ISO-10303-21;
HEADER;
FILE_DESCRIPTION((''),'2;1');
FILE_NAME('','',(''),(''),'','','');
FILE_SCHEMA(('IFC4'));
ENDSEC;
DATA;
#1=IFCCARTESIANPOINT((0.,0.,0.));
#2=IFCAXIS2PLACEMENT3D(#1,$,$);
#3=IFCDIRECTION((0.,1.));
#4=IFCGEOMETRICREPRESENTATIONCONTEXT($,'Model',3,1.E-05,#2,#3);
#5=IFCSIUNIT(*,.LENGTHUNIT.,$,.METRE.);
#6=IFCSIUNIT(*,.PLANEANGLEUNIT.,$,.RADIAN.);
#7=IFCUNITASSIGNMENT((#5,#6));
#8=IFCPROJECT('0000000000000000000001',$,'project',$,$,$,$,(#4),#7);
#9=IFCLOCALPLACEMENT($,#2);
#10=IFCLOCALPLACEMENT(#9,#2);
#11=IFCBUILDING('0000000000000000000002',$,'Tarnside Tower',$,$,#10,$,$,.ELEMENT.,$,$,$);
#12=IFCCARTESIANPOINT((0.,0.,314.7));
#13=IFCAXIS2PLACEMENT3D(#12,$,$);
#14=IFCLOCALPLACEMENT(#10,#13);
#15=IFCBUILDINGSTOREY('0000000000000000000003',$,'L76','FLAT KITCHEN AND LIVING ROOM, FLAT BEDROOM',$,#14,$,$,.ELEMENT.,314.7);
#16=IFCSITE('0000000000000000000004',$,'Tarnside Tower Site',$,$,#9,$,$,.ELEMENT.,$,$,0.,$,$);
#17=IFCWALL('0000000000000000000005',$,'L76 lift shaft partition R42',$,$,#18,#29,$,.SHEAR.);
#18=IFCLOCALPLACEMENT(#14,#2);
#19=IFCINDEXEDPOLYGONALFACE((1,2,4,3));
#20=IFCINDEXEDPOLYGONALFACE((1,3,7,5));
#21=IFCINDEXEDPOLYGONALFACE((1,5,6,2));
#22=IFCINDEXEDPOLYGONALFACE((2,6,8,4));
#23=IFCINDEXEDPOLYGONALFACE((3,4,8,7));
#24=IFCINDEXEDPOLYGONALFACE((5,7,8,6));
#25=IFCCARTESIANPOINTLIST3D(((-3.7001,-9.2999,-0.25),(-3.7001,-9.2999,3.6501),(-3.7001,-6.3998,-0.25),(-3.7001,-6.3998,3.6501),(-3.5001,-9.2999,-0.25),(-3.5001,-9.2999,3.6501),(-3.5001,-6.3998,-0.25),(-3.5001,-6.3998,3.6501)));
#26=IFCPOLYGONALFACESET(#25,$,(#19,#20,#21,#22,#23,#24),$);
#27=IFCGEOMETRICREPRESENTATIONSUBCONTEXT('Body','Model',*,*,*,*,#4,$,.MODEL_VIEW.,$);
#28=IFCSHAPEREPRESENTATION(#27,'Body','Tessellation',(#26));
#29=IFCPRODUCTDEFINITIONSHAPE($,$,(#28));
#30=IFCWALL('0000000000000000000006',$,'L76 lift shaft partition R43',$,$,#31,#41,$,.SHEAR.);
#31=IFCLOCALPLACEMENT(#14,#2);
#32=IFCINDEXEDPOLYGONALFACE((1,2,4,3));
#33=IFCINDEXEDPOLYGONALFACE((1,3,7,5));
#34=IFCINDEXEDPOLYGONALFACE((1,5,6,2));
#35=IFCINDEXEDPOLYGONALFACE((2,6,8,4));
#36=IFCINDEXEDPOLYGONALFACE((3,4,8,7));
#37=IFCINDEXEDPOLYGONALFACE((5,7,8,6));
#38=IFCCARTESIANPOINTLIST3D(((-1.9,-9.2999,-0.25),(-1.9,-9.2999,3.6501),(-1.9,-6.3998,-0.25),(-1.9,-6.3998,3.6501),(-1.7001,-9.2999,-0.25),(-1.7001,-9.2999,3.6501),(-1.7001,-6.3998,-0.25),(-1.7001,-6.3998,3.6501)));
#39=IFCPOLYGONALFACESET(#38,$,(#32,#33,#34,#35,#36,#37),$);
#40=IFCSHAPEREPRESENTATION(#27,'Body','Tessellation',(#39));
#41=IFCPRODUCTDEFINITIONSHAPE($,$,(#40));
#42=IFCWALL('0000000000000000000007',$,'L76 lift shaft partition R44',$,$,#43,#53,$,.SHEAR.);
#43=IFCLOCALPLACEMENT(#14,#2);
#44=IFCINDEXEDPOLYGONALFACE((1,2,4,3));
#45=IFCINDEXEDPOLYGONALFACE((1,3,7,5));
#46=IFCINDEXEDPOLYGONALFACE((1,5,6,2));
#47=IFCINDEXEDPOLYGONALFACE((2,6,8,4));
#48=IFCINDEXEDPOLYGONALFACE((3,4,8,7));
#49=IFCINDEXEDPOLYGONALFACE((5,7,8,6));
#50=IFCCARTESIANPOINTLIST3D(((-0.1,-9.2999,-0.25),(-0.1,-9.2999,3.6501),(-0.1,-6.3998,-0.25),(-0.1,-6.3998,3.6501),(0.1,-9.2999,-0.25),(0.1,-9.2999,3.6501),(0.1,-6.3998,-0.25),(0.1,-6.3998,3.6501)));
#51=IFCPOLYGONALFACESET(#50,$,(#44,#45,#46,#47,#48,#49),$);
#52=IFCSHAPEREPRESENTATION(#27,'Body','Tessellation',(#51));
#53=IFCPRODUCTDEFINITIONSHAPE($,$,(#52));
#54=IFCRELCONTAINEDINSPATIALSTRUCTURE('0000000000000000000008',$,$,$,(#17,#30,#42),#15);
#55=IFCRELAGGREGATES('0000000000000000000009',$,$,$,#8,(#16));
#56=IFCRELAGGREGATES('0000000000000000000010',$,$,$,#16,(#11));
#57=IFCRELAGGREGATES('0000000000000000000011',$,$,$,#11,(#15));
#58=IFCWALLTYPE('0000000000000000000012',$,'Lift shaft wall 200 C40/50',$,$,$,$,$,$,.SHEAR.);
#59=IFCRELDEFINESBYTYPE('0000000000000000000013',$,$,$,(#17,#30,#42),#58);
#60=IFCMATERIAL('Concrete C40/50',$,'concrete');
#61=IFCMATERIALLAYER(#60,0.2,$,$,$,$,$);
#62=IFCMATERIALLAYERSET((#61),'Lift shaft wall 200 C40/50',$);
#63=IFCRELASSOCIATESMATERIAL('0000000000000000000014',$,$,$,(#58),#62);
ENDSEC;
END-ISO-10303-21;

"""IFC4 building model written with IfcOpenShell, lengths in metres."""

from ifc_helpers import new_model, si_unit, direction, frame, frame_2d, origin, place, context, subcontext, project, spatial, rectangle, extrude, material, layer, layer_set, type_object, element, save


model = new_model("IFC4")

# Units and contexts
model_context = context("Model", 3, precision=1e-05, world=origin(), true_north=direction((0.0, 1.0)))
body_context = subcontext(model_context, "Body", "Model", "MODEL_VIEW")
ifc_project = project(units=[si_unit("LENGTHUNIT", "METRE"), si_unit("PLANEANGLEUNIT", "RADIAN")], contexts=[model_context])

# Site, building, storey
site_placement = place(None, origin())
site = spatial("IfcSite", under=ifc_project, at=site_placement, Name="Tarnside Tower Site", CompositionType="ELEMENT", RefElevation=0.0)
building_placement = place(site_placement, origin())
building = spatial("IfcBuilding", under=site, at=building_placement, Name="Tarnside Tower", CompositionType="ELEMENT")
storey_placement = place(building_placement, frame((0.0, 0.0, 314.7)))
storey = spatial("IfcBuildingStorey", under=building, at=storey_placement, Name="L76", Description="FLAT KITCHEN AND LIVING ROOM, FLAT BEDROOM", CompositionType="ELEMENT", Elevation=314.7)

# Walls
ifc_material_1 = material(Name="Concrete C40/50", Category="concrete")
ifc_layer_1 = layer(ifc_material_1, 0.2)
ifc_layer_set_1 = layer_set([ifc_layer_1], Name="Lift shaft wall 200 C40/50")
wall_type_1 = type_object("IfcWallType", Name="Lift shaft wall 200 C40/50", PredefinedType="SHEAR", material=ifc_layer_set_1)
for number, where, z_axis, x_axis, name in (
    (1, (-3.6001, -9.3, -0.25), (0.0, 0.0, 1.0), (0.0, 1.0, 0.0), "L76 lift shaft partition R42"),
    (2, (-1.8, -9.3, -0.25), (0.0, 0.0, 1.0), (0.0, 1.0, 0.0), "L76 lift shaft partition R43"),
    (3, (0.0, -9.3, -0.25), (0.0, 0.0, 1.0), (0.0, 1.0, 0.0), "L76 lift shaft partition R44"),
):
    element("IfcWall", number, at=place(storey_placement, frame(where, z_axis=z_axis, x_axis=x_axis)), inside=storey, type_object=wall_type_1, Name=name, PredefinedType="SHEAR", context=body_context, shape_type="SweptSolid", body=[
        extrude(rectangle(XDim=2.9001, YDim=0.2, at=frame_2d((1.4502, 0.0))), origin(), (0.0, 0.0, 1.0), 3.9001),
    ])

save(model, "model.ifc")
